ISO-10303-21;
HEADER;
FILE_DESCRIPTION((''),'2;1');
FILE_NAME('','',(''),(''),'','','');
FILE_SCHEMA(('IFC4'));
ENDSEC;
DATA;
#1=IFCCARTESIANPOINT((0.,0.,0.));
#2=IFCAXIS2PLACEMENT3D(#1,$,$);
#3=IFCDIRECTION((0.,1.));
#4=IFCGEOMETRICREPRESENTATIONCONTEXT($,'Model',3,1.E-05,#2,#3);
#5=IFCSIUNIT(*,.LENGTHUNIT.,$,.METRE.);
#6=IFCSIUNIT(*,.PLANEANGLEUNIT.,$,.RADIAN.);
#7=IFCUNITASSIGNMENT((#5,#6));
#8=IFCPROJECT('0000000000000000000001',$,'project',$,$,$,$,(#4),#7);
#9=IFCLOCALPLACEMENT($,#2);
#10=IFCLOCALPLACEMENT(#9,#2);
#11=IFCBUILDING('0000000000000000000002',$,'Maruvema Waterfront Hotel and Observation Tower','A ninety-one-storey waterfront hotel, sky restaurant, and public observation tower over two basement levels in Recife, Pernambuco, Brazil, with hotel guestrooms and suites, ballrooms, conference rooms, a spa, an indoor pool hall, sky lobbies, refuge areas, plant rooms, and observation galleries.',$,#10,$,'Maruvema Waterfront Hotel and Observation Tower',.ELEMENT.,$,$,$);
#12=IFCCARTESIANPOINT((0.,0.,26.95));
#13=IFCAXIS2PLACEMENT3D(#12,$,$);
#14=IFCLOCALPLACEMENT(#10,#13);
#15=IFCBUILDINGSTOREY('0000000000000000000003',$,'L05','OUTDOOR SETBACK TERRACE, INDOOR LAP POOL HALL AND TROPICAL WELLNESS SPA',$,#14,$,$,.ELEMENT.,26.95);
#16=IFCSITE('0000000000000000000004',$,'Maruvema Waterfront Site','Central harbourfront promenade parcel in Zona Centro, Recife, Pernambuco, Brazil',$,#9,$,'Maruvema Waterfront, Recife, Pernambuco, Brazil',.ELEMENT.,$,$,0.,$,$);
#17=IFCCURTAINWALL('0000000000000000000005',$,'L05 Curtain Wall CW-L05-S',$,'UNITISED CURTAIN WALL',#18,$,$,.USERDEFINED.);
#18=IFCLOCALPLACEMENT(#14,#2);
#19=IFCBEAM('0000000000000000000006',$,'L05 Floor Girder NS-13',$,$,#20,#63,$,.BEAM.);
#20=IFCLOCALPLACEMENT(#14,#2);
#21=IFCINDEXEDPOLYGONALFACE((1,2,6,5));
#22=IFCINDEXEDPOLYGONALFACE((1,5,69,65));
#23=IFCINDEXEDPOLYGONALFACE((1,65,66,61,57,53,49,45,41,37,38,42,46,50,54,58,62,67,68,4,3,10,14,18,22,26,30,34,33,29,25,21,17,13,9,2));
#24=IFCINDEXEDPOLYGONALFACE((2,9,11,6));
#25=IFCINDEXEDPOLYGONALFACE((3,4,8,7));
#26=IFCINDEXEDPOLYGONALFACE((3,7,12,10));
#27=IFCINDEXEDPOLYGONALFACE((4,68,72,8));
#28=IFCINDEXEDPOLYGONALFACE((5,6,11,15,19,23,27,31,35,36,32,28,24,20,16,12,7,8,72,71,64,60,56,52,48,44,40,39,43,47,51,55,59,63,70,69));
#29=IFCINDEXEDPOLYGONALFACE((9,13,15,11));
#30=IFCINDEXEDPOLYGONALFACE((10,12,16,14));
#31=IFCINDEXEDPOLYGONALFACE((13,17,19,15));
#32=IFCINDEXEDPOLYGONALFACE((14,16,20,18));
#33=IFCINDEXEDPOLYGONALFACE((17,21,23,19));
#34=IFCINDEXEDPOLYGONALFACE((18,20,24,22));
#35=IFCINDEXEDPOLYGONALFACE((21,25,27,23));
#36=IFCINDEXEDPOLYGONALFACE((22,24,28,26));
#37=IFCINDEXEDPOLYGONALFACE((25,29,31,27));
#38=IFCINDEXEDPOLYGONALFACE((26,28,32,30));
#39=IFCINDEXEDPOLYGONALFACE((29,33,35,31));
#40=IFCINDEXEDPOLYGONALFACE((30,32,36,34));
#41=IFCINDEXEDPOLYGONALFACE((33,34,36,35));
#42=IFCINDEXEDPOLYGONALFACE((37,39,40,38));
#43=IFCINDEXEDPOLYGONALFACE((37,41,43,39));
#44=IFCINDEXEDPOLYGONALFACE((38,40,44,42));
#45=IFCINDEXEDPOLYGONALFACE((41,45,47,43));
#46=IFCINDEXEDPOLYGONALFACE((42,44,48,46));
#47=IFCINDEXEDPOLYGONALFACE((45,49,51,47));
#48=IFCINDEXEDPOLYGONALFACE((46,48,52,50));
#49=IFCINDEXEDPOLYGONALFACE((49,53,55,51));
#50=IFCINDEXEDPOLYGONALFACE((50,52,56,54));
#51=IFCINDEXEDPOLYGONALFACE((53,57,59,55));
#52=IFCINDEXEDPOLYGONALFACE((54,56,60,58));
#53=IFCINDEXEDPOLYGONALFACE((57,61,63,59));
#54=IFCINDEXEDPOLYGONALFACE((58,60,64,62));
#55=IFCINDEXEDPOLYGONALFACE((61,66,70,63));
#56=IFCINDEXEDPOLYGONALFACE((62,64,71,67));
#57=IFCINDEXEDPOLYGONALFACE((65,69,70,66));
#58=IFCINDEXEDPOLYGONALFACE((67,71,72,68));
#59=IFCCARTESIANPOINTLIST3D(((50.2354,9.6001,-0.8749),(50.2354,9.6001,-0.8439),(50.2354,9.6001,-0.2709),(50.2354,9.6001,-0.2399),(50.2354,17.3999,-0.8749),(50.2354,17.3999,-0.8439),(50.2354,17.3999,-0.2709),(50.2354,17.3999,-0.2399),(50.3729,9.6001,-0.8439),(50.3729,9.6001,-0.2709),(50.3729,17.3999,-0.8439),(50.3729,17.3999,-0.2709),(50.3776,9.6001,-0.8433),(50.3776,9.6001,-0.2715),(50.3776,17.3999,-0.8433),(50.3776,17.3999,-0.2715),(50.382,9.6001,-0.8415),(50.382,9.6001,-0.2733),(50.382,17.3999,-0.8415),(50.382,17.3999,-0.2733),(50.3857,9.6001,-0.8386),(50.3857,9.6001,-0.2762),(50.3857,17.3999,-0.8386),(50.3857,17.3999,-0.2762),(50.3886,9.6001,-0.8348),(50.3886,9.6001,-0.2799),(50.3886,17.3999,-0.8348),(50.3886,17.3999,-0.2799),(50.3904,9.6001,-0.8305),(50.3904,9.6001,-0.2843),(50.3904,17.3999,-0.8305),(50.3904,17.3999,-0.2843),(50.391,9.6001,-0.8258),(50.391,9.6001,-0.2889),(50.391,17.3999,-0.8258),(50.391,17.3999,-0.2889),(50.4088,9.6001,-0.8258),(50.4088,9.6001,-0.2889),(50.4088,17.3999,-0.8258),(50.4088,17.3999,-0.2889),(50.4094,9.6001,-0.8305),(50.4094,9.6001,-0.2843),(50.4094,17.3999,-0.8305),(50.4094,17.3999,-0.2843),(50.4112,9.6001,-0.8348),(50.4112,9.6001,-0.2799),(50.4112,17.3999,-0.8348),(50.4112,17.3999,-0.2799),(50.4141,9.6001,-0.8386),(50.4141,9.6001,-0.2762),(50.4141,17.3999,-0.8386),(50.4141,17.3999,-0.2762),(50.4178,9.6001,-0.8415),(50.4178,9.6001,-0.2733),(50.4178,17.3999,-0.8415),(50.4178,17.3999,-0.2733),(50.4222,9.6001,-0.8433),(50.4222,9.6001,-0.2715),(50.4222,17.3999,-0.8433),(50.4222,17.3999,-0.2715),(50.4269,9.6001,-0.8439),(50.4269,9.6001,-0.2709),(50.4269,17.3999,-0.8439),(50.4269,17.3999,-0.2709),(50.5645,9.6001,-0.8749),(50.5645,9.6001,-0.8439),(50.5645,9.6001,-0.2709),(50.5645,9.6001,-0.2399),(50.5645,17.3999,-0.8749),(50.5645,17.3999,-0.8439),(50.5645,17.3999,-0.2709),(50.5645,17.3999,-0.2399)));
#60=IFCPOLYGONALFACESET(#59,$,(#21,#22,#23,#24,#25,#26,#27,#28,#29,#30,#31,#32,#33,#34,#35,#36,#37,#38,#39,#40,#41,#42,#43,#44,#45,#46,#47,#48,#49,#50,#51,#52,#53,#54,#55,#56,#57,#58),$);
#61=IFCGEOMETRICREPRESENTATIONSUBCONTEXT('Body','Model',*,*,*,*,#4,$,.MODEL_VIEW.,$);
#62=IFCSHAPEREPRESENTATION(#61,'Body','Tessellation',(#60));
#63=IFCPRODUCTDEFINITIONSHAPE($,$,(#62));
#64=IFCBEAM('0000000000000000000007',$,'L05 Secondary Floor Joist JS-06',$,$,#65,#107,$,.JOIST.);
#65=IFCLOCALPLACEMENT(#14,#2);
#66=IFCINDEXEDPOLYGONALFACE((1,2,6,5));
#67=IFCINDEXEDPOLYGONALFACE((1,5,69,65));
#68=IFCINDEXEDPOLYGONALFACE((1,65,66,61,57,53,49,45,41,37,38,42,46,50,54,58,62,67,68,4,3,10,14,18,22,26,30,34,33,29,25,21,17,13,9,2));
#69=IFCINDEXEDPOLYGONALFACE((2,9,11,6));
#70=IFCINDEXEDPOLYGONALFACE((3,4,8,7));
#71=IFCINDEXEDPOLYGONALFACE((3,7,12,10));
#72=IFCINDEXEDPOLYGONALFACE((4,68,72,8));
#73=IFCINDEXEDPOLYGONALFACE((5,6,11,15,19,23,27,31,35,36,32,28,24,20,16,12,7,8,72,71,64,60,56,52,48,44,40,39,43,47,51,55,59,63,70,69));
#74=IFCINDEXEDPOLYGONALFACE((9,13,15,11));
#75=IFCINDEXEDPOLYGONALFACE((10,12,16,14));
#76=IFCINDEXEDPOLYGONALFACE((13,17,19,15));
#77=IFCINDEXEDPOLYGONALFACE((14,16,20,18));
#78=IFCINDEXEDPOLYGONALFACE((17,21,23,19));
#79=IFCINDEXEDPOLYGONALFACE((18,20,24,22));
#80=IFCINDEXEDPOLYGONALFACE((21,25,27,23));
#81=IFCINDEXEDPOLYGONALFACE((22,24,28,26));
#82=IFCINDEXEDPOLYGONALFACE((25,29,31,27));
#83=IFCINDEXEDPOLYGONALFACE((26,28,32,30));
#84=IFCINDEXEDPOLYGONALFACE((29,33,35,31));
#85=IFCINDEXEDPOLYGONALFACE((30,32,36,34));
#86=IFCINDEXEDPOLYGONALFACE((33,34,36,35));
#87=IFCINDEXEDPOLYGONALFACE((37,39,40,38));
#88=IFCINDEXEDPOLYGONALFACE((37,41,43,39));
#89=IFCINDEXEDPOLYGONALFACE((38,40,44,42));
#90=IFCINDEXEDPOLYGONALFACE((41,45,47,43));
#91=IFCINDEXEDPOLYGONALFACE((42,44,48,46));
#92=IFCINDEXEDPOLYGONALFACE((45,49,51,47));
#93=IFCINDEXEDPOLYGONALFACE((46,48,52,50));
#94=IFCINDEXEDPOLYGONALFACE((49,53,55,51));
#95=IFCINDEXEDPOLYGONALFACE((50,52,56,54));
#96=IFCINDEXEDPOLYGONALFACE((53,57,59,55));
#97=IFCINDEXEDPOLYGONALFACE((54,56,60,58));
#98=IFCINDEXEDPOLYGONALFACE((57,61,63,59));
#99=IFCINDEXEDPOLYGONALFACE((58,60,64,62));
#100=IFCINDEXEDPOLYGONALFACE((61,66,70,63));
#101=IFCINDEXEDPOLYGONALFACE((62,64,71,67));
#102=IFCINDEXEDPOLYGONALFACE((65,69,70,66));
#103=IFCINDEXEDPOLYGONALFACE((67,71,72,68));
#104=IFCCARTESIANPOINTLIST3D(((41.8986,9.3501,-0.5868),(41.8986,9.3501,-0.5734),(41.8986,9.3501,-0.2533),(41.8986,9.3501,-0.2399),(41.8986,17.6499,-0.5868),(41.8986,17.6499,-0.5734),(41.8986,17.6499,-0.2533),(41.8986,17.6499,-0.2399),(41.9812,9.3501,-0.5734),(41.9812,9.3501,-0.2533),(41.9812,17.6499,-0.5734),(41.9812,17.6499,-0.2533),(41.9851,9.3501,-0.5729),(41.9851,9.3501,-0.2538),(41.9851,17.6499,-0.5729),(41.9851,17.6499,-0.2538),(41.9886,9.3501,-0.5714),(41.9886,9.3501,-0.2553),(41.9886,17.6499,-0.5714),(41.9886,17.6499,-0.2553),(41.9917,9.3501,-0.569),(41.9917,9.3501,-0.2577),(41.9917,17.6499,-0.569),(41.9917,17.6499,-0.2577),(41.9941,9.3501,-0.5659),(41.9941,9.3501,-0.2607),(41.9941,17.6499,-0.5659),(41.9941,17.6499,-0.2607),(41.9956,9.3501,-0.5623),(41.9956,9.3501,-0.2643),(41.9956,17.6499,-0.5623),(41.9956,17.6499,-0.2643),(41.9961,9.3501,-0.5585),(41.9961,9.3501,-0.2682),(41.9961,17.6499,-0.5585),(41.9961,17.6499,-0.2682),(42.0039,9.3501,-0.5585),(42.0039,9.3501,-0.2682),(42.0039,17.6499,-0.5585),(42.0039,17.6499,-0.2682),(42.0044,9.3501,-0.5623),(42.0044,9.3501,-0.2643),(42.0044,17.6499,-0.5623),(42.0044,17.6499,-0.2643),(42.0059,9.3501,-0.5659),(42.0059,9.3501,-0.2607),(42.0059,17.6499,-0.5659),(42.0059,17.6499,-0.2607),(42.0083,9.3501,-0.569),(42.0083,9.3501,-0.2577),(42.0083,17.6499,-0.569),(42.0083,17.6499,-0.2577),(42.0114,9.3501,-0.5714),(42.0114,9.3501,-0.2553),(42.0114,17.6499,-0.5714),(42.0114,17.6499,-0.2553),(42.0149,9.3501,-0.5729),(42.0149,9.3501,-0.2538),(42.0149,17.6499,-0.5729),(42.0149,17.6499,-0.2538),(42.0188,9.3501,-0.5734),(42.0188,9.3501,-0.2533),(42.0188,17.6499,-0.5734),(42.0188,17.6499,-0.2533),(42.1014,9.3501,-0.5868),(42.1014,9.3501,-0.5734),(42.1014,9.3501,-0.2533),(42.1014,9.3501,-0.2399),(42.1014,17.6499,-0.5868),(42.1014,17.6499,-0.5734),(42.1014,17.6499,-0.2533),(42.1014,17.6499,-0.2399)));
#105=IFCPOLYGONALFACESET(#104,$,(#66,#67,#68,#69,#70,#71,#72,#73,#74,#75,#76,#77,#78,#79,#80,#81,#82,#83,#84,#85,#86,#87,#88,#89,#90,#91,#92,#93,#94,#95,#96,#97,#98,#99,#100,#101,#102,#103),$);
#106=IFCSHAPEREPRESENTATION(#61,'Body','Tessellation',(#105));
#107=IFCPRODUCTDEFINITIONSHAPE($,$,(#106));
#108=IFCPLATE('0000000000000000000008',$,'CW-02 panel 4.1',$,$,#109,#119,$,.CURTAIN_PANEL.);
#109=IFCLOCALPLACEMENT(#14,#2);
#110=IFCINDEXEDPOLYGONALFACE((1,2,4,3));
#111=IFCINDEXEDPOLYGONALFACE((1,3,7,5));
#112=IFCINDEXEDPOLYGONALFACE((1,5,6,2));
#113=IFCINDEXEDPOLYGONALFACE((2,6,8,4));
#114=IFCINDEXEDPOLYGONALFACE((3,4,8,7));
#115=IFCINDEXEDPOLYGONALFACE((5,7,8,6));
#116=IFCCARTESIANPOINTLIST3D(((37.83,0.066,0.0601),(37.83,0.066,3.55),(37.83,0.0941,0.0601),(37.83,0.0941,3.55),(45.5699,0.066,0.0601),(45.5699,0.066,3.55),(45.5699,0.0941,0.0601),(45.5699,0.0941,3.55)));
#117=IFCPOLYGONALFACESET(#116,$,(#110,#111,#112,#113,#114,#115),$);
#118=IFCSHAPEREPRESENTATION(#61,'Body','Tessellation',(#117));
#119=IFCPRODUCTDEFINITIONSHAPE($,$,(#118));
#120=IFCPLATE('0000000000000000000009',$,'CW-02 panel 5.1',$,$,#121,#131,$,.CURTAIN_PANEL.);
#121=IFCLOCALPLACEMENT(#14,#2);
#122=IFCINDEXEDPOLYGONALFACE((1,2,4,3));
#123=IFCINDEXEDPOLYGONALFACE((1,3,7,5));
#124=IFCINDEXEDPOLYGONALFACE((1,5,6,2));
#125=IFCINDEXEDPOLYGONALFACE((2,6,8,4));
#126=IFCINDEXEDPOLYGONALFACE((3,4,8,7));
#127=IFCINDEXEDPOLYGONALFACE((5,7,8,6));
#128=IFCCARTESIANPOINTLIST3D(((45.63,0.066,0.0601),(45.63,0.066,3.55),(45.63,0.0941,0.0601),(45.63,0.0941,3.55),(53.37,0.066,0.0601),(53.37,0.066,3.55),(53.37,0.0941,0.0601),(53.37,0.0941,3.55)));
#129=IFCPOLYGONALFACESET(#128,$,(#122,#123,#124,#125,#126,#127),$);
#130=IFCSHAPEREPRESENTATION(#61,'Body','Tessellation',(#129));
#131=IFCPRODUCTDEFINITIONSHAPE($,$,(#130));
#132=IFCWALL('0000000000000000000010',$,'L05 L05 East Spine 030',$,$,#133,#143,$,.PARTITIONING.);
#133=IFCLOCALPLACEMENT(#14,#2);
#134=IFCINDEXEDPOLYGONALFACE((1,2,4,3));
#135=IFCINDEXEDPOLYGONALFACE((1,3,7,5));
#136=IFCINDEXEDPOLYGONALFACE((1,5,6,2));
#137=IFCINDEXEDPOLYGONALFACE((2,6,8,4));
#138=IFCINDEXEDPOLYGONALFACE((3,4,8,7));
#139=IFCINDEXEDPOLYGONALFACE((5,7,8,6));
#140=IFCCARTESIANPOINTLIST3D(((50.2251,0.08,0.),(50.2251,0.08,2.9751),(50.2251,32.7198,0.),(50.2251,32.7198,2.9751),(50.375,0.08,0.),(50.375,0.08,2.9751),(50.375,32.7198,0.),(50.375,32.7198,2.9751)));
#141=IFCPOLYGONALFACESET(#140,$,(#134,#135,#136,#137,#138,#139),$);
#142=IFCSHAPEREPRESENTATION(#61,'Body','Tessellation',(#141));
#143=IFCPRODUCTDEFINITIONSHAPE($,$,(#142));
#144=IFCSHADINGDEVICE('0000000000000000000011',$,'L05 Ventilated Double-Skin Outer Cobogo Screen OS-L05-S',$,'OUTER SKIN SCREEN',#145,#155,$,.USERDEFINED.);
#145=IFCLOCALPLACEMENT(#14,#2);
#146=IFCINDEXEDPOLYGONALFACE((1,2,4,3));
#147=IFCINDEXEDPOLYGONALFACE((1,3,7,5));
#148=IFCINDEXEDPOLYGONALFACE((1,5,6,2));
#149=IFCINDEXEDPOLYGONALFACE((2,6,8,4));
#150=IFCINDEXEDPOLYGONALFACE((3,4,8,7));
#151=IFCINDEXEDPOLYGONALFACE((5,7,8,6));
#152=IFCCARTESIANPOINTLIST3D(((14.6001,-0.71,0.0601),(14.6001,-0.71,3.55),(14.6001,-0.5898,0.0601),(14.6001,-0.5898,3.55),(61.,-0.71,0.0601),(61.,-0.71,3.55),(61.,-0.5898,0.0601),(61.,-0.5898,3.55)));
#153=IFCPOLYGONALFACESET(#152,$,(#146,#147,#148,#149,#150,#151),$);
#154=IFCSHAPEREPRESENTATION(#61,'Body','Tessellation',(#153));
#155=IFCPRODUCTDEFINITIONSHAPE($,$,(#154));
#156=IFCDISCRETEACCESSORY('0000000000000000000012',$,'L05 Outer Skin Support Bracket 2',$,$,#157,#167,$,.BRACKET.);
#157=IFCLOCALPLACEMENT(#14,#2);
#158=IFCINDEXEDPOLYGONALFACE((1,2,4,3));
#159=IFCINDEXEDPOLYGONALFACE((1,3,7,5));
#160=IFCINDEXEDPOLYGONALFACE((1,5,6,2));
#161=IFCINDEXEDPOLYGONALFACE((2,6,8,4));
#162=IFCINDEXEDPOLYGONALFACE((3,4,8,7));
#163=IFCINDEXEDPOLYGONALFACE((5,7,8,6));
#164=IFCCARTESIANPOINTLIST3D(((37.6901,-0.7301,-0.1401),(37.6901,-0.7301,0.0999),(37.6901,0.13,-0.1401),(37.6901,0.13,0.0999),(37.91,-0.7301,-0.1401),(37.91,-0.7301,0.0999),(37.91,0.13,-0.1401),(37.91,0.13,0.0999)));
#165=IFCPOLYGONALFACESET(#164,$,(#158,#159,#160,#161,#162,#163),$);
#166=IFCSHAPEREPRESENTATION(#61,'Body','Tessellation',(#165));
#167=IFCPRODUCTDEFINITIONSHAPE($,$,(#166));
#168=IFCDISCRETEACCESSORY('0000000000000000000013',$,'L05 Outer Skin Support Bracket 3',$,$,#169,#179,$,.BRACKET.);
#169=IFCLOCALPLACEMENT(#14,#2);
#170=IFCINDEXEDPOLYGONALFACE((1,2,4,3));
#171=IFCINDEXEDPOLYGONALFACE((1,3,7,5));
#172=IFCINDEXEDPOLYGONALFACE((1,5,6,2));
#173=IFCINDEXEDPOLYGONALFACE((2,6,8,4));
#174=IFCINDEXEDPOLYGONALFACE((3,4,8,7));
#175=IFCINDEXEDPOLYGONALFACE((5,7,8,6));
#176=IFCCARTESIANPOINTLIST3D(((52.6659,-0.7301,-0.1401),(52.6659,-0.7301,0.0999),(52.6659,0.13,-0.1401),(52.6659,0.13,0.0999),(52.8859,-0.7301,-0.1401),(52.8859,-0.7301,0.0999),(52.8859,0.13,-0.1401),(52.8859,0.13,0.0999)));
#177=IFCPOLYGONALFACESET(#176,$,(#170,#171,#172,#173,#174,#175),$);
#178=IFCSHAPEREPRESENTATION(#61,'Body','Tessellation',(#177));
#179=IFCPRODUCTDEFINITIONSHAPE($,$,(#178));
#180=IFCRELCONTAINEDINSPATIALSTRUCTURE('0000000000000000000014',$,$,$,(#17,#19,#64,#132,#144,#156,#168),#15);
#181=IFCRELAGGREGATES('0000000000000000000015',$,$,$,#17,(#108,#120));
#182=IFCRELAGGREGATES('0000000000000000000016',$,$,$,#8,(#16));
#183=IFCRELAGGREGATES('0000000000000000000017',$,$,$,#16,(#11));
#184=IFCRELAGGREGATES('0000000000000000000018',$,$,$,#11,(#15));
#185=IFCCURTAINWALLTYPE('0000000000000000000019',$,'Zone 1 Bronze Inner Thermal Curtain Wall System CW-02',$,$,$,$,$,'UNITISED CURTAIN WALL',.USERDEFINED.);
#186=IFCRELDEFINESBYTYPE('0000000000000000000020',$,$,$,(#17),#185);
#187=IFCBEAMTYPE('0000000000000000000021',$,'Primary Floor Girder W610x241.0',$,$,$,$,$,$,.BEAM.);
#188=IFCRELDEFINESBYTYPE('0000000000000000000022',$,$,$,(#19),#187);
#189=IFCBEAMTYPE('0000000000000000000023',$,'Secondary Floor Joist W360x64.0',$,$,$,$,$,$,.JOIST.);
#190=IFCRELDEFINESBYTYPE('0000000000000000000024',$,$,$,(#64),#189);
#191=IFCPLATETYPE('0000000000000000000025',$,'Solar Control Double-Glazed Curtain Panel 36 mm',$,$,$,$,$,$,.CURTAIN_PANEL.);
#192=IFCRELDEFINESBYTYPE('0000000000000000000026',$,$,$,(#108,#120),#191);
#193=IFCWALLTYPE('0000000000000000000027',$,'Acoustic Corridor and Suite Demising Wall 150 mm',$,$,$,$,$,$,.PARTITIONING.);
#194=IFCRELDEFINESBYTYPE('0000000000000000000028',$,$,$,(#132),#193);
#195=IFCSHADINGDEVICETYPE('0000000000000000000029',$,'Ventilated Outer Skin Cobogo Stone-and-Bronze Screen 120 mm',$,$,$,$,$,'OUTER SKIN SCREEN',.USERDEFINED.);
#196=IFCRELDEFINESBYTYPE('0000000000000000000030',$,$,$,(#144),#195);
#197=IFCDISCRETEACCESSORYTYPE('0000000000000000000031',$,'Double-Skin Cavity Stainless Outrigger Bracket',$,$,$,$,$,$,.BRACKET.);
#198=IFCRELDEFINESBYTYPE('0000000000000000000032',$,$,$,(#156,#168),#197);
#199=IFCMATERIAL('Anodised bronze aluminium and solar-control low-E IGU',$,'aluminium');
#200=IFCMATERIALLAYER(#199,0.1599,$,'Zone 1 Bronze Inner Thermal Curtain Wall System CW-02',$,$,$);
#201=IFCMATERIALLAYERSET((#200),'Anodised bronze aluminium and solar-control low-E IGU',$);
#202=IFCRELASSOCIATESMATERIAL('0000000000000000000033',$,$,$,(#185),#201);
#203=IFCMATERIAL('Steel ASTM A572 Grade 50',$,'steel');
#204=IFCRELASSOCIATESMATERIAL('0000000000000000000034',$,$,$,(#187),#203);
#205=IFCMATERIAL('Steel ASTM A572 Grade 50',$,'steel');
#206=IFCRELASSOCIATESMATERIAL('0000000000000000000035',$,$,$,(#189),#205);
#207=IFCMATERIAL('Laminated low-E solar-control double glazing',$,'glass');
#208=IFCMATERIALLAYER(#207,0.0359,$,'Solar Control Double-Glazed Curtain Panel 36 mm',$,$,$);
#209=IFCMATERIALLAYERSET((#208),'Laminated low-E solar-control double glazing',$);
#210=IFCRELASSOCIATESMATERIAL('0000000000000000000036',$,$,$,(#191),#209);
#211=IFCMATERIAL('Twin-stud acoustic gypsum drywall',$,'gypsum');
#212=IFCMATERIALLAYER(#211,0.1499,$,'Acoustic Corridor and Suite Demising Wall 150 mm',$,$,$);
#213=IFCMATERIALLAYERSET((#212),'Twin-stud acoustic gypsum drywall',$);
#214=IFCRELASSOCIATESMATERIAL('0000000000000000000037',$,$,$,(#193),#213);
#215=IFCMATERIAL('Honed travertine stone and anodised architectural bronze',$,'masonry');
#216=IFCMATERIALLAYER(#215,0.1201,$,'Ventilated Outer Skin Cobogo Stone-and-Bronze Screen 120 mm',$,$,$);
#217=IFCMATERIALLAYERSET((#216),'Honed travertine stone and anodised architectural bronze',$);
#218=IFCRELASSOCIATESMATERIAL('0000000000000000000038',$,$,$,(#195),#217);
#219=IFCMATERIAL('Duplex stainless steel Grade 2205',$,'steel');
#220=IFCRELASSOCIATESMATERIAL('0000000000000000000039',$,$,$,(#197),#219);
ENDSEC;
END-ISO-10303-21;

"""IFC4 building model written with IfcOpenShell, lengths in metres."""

from ifc_helpers import new_model, si_unit, direction, frame, frame_2d, origin, origin_2d, place, context, subcontext, project, spatial, rectangle, i_section, extrude, material, layer, layer_set, material_profile, profile_set, type_object, element, aggregate, save


model = new_model("IFC4")

# Units and contexts
model_context = context("Model", 3, precision=1e-05, world=origin(), true_north=direction((0.0, 1.0)))
body_context = subcontext(model_context, "Body", "Model", "MODEL_VIEW")
ifc_project = project(units=[si_unit("LENGTHUNIT", "METRE"), si_unit("PLANEANGLEUNIT", "RADIAN")], contexts=[model_context])

# Site, building, storey
site_placement = place(None, origin())
site = spatial("IfcSite", under=ifc_project, at=site_placement, Name="Maruvema Waterfront Site", Description="Central harbourfront promenade parcel in Zona Centro, Recife, Pernambuco, Brazil", LongName="Maruvema Waterfront, Recife, Pernambuco, Brazil", CompositionType="ELEMENT", RefElevation=0.0)
building_placement = place(site_placement, origin())
building = spatial("IfcBuilding", under=site, at=building_placement, Name="Maruvema Waterfront Hotel and Observation Tower", Description="A ninety-one-storey waterfront hotel, sky restaurant, and public observation tower over two basement levels in Recife, Pernambuco, Brazil, with hotel guestrooms and suites, ballrooms, conference rooms, a spa, an indoor pool hall, sky lobbies, refuge areas, plant rooms, and observation galleries.", LongName="Maruvema Waterfront Hotel and Observation Tower", CompositionType="ELEMENT")
storey_placement = place(building_placement, frame((0.0, 0.0, 26.95)))
storey = spatial("IfcBuildingStorey", under=building, at=storey_placement, Name="L05", Description="OUTDOOR SETBACK TERRACE, INDOOR LAP POOL HALL AND TROPICAL WELLNESS SPA", CompositionType="ELEMENT", Elevation=26.95)

# Curtain wall
ifc_material_1 = material(Name="Anodised bronze aluminium and solar-control low-E IGU", Category="aluminium")
ifc_layer_1 = layer(ifc_material_1, 0.1599, Name="Zone 1 Bronze Inner Thermal Curtain Wall System CW-02")
ifc_layer_set_1 = layer_set([ifc_layer_1], Name="Anodised bronze aluminium and solar-control low-E IGU")
curtain_wall_type = type_object("IfcCurtainWallType", Name="Zone 1 Bronze Inner Thermal Curtain Wall System CW-02", ElementType="UNITISED CURTAIN WALL", PredefinedType="USERDEFINED", material=ifc_layer_set_1)
curtain_wall_placement = place(storey_placement, origin())
curtain_wall = element("IfcCurtainWall", 1, at=curtain_wall_placement, inside=storey, type_object=curtain_wall_type, Name="L05 Curtain Wall CW-L05-S", ObjectType="UNITISED CURTAIN WALL", PredefinedType="USERDEFINED")

# Beams
ifc_material_2 = material(Name="Steel ASTM A572 Grade 50", Category="steel")
ifc_material_profile_1 = material_profile(ifc_material_2, i_section(OverallWidth=0.3291, OverallDepth=0.635, WebThickness=0.0178, FlangeThickness=0.031, FilletRadius=0.0181, at=origin_2d()), Name="W610x241.0")
ifc_profile_set_1 = profile_set([ifc_material_profile_1], Name="Steel ASTM A572 Grade 50")
beam_type_1 = type_object("IfcBeamType", Name="Primary Floor Girder W610x241.0", PredefinedType="BEAM", material=ifc_profile_set_1)
beam_1_placement = place(storey_placement, frame((50.3999, 9.6001, -0.5574), z_axis=(0.0, 1.0, 0.0), x_axis=(-1.0, 0.0, 0.0)))
element("IfcBeam", 2, at=beam_1_placement, inside=storey, type_object=beam_type_1, Name="L05 Floor Girder NS-13", PredefinedType="BEAM", context=body_context, shape_type="SweptSolid", body=[
    extrude(i_section(OverallWidth=0.3291, OverallDepth=0.635, WebThickness=0.0178, FlangeThickness=0.031, FilletRadius=0.0181, at=origin_2d()), origin(), (0.0, 0.0, 1.0), 7.7998),
])
ifc_material_3 = material(Name="Steel ASTM A572 Grade 50", Category="steel")
ifc_material_profile_2 = material_profile(ifc_material_3, i_section(OverallWidth=0.2029, OverallDepth=0.3469, WebThickness=0.0078, FlangeThickness=0.0134, FilletRadius=0.0149, at=origin_2d()), Name="W360x64.0")
ifc_profile_set_2 = profile_set([ifc_material_profile_2], Name="Steel ASTM A572 Grade 50")
beam_type_2 = type_object("IfcBeamType", Name="Secondary Floor Joist W360x64.0", PredefinedType="JOIST", material=ifc_profile_set_2)
beam_2_placement = place(storey_placement, frame((42.0, 9.3501, -0.4133), z_axis=(0.0, 1.0, 0.0), x_axis=(-1.0, 0.0, 0.0)))
element("IfcBeam", 3, at=beam_2_placement, inside=storey, type_object=beam_type_2, Name="L05 Secondary Floor Joist JS-06", PredefinedType="JOIST", context=body_context, shape_type="SweptSolid", body=[
    extrude(i_section(OverallWidth=0.2029, OverallDepth=0.3469, WebThickness=0.0078, FlangeThickness=0.0134, FilletRadius=0.0149, at=origin_2d()), origin(), (0.0, 0.0, 1.0), 8.2998),
])

# Plates
ifc_material_4 = material(Name="Laminated low-E solar-control double glazing", Category="glass")
ifc_layer_2 = layer(ifc_material_4, 0.0359, Name="Solar Control Double-Glazed Curtain Panel 36 mm")
ifc_layer_set_2 = layer_set([ifc_layer_2], Name="Laminated low-E solar-control double glazing")
plate_type = type_object("IfcPlateType", Name="Solar Control Double-Glazed Curtain Panel 36 mm", PredefinedType="CURTAIN_PANEL", material=ifc_layer_set_2)
plate_1_placement = place(storey_placement, frame((41.7, 0.0801, 0.0601), z_axis=(0.0, 0.0, 1.0), x_axis=(1.0, 0.0, 0.0)))
plate_1 = element("IfcPlate", 4, at=plate_1_placement, type_object=plate_type, Name="CW-02 panel 4.1", PredefinedType="CURTAIN_PANEL", context=body_context, shape_type="SweptSolid", body=[
    extrude(rectangle(XDim=7.74, YDim=0.0281, at=origin_2d()), origin(), (0.0, 0.0, 1.0), 3.49),
])
plate_2_placement = place(storey_placement, frame((49.5, 0.0801, 0.0601), z_axis=(0.0, 0.0, 1.0), x_axis=(1.0, 0.0, 0.0)))
plate_2 = element("IfcPlate", 5, at=plate_2_placement, type_object=plate_type, Name="CW-02 panel 5.1", PredefinedType="CURTAIN_PANEL", context=body_context, shape_type="SweptSolid", body=[
    extrude(rectangle(XDim=7.74, YDim=0.0281, at=origin_2d()), origin(), (0.0, 0.0, 1.0), 3.49),
])
aggregate(curtain_wall, [plate_1, plate_2])

# Wall
ifc_material_5 = material(Name="Twin-stud acoustic gypsum drywall", Category="gypsum")
ifc_layer_3 = layer(ifc_material_5, 0.1499, Name="Acoustic Corridor and Suite Demising Wall 150 mm")
ifc_layer_set_3 = layer_set([ifc_layer_3], Name="Twin-stud acoustic gypsum drywall")
wall_type = type_object("IfcWallType", Name="Acoustic Corridor and Suite Demising Wall 150 mm", PredefinedType="PARTITIONING", material=ifc_layer_set_3)
wall_placement = place(storey_placement, frame((50.3, 0.0801, 0.0), z_axis=(0.0, 0.0, 1.0), x_axis=(0.0, 1.0, 0.0)))
element("IfcWall", 6, at=wall_placement, inside=storey, type_object=wall_type, Name="L05 L05 East Spine 030", PredefinedType="PARTITIONING", context=body_context, shape_type="SweptSolid", body=[
    extrude(rectangle(XDim=32.6399, YDim=0.1499, at=frame_2d((16.3198, 0.0))), origin(), (0.0, 0.0, 1.0), 2.9751),
])

# Shading device
ifc_material_6 = material(Name="Honed travertine stone and anodised architectural bronze", Category="masonry")
ifc_layer_4 = layer(ifc_material_6, 0.1201, Name="Ventilated Outer Skin Cobogo Stone-and-Bronze Screen 120 mm")
ifc_layer_set_4 = layer_set([ifc_layer_4], Name="Honed travertine stone and anodised architectural bronze")
shading_device_type = type_object("IfcShadingDeviceType", Name="Ventilated Outer Skin Cobogo Stone-and-Bronze Screen 120 mm", ElementType="OUTER SKIN SCREEN", PredefinedType="USERDEFINED", material=ifc_layer_set_4)
shading_device_placement = place(storey_placement, frame((37.8, -0.6499, 0.0601), z_axis=(0.0, 0.0, 1.0), x_axis=(1.0, 0.0, 0.0)))
element("IfcShadingDevice", 7, at=shading_device_placement, inside=storey, type_object=shading_device_type, Name="L05 Ventilated Double-Skin Outer Cobogo Screen OS-L05-S", ObjectType="OUTER SKIN SCREEN", PredefinedType="USERDEFINED", context=body_context, shape_type="SweptSolid", body=[
    extrude(rectangle(XDim=46.3999, YDim=0.1201, at=origin_2d()), origin(), (0.0, 0.0, 1.0), 3.49),
])

# Discrete accessories
ifc_material_7 = material(Name="Duplex stainless steel Grade 2205", Category="steel")
discrete_accessory_type = type_object("IfcDiscreteAccessoryType", Name="Double-Skin Cavity Stainless Outrigger Bracket", PredefinedType="BRACKET", material=ifc_material_7)
for number, where, z_axis, x_axis, name in (
    (8, (37.8, -0.3, -0.1401), (0.0, 0.0, 1.0), (1.0, 0.0, 0.0), "L05 Outer Skin Support Bracket 2"),
    (9, (52.7759, -0.3, -0.1401), (0.0, 0.0, 1.0), (1.0, 0.0, 0.0), "L05 Outer Skin Support Bracket 3"),
):
    element("IfcDiscreteAccessory", number, at=place(storey_placement, frame(where, z_axis=z_axis, x_axis=x_axis)), inside=storey, type_object=discrete_accessory_type, Name=name, PredefinedType="BRACKET", context=body_context, shape_type="SweptSolid", body=[
        extrude(rectangle(XDim=0.22, YDim=0.8601, at=origin_2d()), origin(), (0.0, 0.0, 1.0), 0.24),
    ])

save(model, "model.ifc")
